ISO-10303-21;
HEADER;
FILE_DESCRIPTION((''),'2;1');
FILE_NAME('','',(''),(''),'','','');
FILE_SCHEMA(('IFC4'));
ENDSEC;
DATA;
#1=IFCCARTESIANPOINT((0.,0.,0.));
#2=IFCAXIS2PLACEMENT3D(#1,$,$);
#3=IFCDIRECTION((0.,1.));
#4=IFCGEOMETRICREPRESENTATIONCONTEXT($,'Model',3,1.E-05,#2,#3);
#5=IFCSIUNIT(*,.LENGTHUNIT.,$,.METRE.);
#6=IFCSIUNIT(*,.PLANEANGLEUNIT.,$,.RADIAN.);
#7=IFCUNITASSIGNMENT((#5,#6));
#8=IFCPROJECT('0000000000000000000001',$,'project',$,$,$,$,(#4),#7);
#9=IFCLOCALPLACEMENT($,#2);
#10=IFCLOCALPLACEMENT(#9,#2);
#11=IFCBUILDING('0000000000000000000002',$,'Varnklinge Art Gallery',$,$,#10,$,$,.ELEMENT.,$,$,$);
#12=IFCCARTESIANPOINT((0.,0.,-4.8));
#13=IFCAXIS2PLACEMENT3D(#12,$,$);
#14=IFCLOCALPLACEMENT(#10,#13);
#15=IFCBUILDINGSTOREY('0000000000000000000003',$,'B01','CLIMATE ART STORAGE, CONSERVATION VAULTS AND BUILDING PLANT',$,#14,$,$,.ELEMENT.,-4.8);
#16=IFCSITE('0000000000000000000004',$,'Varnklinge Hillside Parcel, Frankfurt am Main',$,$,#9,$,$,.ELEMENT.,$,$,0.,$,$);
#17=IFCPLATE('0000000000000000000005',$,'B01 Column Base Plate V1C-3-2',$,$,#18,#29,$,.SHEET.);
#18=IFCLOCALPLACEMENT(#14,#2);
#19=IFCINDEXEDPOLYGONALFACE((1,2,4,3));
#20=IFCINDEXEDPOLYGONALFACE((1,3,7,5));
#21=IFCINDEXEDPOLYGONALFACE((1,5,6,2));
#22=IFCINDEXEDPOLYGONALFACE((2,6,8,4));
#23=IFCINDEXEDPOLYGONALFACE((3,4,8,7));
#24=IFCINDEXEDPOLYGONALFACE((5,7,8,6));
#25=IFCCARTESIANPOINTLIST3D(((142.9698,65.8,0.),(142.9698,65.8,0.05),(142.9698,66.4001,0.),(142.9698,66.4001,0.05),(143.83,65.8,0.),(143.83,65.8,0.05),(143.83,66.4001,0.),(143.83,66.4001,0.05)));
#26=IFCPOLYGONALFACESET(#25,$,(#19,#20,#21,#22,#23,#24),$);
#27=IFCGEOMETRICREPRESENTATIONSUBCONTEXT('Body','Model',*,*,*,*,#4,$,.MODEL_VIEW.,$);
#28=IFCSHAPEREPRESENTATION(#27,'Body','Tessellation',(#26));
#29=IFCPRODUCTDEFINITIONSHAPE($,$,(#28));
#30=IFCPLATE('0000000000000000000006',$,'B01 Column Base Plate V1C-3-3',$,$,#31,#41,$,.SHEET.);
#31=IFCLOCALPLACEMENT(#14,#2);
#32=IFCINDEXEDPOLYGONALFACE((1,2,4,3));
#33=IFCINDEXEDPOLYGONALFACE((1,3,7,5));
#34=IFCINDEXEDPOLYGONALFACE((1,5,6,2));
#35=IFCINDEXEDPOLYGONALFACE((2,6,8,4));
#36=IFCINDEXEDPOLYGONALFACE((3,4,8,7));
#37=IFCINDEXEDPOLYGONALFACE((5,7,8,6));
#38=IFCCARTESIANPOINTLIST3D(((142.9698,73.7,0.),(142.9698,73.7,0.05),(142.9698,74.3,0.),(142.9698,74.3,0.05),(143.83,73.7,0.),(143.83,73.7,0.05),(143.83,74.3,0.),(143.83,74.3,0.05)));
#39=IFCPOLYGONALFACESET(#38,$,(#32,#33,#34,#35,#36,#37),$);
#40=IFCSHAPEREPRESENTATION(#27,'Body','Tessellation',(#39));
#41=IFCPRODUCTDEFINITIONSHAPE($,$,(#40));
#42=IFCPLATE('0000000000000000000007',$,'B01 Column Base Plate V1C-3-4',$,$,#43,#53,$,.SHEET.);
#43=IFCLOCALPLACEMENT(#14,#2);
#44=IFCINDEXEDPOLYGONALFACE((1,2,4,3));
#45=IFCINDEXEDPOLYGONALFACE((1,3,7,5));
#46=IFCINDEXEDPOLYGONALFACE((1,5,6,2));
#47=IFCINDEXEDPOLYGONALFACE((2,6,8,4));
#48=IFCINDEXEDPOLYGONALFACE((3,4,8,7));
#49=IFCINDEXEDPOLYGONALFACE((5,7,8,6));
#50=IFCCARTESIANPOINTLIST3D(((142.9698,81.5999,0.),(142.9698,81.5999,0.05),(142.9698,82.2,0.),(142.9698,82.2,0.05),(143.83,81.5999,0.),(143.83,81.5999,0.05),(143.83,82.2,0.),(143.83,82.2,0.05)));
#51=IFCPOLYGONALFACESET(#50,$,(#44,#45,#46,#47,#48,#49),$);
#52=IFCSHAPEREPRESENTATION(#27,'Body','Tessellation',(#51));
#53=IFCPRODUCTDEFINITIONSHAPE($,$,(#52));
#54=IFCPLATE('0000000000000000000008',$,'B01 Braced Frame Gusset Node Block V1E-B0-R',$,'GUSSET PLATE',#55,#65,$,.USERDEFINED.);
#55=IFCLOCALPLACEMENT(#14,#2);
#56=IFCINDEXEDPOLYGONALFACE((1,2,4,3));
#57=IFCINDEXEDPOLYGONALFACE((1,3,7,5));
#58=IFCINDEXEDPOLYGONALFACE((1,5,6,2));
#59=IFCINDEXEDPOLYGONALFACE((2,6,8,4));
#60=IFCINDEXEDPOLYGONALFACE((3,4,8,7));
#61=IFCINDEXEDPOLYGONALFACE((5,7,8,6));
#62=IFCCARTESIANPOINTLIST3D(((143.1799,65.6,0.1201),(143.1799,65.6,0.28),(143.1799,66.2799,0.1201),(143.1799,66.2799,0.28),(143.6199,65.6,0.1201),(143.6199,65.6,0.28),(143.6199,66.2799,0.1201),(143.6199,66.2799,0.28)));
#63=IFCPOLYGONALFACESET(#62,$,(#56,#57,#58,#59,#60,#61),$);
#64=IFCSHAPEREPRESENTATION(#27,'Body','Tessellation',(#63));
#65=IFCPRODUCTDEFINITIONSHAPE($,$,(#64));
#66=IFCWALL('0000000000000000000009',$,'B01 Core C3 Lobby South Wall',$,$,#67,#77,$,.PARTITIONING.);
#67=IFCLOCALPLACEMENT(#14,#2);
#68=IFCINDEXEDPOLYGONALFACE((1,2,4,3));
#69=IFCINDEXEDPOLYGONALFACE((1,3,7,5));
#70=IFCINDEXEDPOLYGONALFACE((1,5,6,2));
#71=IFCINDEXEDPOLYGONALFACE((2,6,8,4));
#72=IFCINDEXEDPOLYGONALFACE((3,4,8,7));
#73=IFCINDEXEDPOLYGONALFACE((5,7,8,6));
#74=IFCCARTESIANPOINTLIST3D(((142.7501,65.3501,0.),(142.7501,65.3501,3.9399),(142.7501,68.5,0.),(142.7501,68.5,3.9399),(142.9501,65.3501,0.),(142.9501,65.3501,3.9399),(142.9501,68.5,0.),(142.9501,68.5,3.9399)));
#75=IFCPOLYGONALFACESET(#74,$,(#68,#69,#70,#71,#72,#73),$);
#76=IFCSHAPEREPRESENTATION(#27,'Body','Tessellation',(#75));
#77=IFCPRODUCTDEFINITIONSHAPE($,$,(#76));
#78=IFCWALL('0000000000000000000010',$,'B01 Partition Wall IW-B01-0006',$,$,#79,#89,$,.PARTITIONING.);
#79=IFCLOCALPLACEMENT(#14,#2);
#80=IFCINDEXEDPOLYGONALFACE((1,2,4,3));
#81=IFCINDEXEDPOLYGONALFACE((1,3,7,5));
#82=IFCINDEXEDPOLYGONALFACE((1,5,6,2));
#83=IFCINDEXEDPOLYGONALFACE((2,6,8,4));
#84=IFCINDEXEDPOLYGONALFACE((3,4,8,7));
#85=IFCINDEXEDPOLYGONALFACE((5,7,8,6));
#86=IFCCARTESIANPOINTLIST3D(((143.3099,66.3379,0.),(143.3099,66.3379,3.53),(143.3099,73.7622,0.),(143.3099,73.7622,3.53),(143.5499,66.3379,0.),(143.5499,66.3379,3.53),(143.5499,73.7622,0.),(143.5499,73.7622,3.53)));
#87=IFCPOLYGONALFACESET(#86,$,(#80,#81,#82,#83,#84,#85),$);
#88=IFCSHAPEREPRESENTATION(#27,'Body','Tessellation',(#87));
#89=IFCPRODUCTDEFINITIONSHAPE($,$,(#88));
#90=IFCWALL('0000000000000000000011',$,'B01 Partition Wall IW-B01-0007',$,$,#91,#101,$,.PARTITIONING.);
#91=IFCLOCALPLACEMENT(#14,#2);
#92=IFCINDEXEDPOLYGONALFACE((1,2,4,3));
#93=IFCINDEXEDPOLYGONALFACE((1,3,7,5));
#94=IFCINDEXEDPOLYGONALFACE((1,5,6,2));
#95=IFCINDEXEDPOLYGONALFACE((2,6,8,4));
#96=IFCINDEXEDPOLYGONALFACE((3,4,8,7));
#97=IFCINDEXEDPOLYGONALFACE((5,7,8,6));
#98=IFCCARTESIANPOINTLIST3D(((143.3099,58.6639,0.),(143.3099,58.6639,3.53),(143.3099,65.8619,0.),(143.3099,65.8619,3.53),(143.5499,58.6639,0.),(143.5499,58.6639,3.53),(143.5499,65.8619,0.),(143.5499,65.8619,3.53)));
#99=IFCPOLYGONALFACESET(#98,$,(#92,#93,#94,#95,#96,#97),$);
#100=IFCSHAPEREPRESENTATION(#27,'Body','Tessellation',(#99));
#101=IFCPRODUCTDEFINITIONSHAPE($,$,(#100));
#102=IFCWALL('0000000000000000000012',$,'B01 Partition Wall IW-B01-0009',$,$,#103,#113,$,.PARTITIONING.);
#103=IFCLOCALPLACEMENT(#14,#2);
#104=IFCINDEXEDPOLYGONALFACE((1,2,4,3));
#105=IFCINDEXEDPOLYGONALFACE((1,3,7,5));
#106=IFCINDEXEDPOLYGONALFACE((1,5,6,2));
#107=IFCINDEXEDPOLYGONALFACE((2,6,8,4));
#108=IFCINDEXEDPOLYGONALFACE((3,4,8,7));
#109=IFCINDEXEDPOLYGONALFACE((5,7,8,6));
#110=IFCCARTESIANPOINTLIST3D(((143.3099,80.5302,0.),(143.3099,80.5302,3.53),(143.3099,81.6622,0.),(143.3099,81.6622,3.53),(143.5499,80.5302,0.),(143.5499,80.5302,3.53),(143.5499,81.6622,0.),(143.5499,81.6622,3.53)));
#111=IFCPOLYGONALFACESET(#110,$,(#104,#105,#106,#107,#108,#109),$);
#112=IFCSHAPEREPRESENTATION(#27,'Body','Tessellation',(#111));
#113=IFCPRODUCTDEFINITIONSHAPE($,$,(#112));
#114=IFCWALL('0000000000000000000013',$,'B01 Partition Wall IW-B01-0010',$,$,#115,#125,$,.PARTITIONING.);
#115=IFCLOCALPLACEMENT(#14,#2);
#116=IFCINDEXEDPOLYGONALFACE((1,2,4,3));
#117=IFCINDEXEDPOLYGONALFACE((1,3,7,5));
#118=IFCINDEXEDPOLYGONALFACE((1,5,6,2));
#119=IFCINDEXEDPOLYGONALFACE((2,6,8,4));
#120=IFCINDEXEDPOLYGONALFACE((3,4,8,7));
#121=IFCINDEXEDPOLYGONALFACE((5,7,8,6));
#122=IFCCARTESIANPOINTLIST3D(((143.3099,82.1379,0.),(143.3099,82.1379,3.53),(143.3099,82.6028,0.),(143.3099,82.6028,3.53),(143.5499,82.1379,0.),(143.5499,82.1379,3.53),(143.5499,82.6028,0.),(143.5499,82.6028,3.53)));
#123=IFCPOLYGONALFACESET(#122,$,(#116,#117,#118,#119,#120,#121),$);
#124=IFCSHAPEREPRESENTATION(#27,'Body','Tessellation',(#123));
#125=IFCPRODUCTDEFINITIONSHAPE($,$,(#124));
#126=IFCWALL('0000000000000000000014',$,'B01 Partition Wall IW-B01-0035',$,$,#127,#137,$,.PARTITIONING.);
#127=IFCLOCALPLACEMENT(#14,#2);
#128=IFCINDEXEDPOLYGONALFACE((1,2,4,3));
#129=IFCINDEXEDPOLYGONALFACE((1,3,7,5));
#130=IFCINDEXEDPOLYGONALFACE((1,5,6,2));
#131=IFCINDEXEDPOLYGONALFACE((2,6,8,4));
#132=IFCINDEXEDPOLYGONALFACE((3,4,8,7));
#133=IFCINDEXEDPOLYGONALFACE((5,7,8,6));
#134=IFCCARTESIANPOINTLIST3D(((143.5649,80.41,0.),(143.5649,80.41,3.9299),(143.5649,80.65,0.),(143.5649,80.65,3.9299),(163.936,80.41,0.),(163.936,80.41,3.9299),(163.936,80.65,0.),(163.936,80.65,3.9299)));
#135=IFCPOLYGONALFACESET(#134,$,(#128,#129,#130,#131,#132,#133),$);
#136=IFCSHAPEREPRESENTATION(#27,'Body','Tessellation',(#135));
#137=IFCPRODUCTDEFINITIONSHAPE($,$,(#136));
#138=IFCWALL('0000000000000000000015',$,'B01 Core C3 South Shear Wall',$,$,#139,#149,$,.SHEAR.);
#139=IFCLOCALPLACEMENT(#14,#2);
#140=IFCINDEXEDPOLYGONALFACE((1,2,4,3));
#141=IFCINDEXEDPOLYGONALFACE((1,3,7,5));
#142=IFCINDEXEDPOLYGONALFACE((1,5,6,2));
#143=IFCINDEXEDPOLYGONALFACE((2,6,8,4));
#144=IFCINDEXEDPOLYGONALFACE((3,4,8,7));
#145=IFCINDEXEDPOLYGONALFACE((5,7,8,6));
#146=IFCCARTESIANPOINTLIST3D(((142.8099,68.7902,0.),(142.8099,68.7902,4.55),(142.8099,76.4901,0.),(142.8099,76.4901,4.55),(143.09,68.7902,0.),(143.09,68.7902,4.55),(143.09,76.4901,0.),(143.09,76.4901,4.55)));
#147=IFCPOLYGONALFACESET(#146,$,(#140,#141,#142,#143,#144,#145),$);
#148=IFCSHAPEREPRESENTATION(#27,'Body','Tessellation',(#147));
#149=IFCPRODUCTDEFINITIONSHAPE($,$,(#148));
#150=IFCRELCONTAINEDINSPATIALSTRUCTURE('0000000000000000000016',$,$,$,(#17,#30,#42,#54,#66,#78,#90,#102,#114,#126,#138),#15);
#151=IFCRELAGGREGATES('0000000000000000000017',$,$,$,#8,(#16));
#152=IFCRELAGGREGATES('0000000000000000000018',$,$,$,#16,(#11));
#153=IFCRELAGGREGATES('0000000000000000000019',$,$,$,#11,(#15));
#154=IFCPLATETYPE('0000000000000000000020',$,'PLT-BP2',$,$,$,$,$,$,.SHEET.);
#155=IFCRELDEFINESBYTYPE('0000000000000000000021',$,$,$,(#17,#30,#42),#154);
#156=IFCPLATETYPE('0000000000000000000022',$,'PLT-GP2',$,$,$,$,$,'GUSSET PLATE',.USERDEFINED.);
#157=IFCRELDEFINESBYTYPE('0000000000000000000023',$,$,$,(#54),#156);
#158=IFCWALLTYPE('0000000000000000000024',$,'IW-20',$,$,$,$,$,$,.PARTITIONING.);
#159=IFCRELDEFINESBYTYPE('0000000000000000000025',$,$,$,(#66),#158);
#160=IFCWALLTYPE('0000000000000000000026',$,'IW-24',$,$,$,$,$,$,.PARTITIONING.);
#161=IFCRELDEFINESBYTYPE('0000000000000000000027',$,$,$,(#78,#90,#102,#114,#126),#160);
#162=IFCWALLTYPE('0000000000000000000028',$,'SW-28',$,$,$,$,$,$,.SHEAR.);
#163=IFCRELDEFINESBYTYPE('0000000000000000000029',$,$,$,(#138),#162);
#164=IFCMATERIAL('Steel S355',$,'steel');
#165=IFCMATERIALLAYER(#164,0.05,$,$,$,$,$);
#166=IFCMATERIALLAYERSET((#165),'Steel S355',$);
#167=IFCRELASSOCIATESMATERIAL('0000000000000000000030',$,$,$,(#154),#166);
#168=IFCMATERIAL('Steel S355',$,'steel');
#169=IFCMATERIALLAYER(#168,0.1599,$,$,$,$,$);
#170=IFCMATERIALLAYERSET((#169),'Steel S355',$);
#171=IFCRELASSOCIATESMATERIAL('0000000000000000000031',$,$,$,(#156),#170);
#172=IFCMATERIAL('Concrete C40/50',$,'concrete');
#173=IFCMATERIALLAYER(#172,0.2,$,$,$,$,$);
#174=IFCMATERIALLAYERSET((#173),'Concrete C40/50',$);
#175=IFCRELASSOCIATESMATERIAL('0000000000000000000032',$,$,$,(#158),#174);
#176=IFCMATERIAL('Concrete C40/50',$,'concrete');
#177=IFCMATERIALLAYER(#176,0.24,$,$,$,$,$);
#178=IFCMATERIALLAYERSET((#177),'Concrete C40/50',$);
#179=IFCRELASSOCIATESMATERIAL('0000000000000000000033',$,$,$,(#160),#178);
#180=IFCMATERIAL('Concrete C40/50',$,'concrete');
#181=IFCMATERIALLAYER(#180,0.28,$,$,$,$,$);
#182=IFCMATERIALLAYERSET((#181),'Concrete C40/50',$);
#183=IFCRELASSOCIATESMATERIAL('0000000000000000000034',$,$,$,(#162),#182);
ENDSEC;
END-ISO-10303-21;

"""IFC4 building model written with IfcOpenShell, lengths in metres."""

from ifc_helpers import new_model, si_unit, direction, frame, frame_2d, origin, origin_2d, place, context, subcontext, project, spatial, rectangle, extrude, material, layer, layer_set, type_object, element, save


model = new_model("IFC4")

# Units and contexts
model_context = context("Model", 3, precision=1e-05, world=origin(), true_north=direction((0.0, 1.0)))
body_context = subcontext(model_context, "Body", "Model", "MODEL_VIEW")
ifc_project = project(units=[si_unit("LENGTHUNIT", "METRE"), si_unit("PLANEANGLEUNIT", "RADIAN")], contexts=[model_context])

# Site, building, storey
site_placement = place(None, origin())
site = spatial("IfcSite", under=ifc_project, at=site_placement, Name="Varnklinge Hillside Parcel, Frankfurt am Main", CompositionType="ELEMENT", RefElevation=0.0)
building_placement = place(site_placement, origin())
building = spatial("IfcBuilding", under=site, at=building_placement, Name="Varnklinge Art Gallery", CompositionType="ELEMENT")
storey_placement = place(building_placement, frame((0.0, 0.0, -4.8)))
storey = spatial("IfcBuildingStorey", under=building, at=storey_placement, Name="B01", Description="CLIMATE ART STORAGE, CONSERVATION VAULTS AND BUILDING PLANT", CompositionType="ELEMENT", Elevation=-4.8)

# Plates
ifc_material_1 = material(Name="Steel S355", Category="steel")
ifc_layer_1 = layer(ifc_material_1, 0.05)
ifc_layer_set_1 = layer_set([ifc_layer_1], Name="Steel S355")
plate_type_1 = type_object("IfcPlateType", Name="PLT-BP2", PredefinedType="SHEET", material=ifc_layer_set_1)
for number, where, z_axis, x_axis, name in (
    (1, (143.3999, 66.1001, 0.0), (0.0, 0.0, 1.0), (1.0, 0.0, 0.0), "B01 Column Base Plate V1C-3-2"),
    (2, (143.3999, 74.0, 0.0), (0.0, 0.0, 1.0), (1.0, 0.0, 0.0), "B01 Column Base Plate V1C-3-3"),
    (3, (143.3999, 81.8999, 0.0), (0.0, 0.0, 1.0), (1.0, 0.0, 0.0), "B01 Column Base Plate V1C-3-4"),
):
    element("IfcPlate", number, at=place(storey_placement, frame(where, z_axis=z_axis, x_axis=x_axis)), inside=storey, type_object=plate_type_1, Name=name, PredefinedType="SHEET", context=body_context, shape_type="SweptSolid", body=[
        extrude(rectangle(XDim=0.8601, YDim=0.6001, at=origin_2d()), origin(), (0.0, 0.0, 1.0), 0.05),
    ])
ifc_material_2 = material(Name="Steel S355", Category="steel")
ifc_layer_2 = layer(ifc_material_2, 0.1599)
ifc_layer_set_2 = layer_set([ifc_layer_2], Name="Steel S355")
plate_type_2 = type_object("IfcPlateType", Name="PLT-GP2", ElementType="GUSSET PLATE", PredefinedType="USERDEFINED", material=ifc_layer_set_2)
plate_placement = place(storey_placement, frame((143.3999, 65.9399, 0.1201), z_axis=(0.0, 0.0, 1.0), x_axis=(0.0, 1.0, 0.0)))
element("IfcPlate", 4, at=plate_placement, inside=storey, type_object=plate_type_2, Name="B01 Braced Frame Gusset Node Block V1E-B0-R", ObjectType="GUSSET PLATE", PredefinedType="USERDEFINED", context=body_context, shape_type="SweptSolid", body=[
    extrude(rectangle(XDim=0.6799, YDim=0.4399, at=origin_2d()), origin(), (0.0, 0.0, 1.0), 0.1599),
])

# Wall
ifc_material_3 = material(Name="Concrete C40/50", Category="concrete")
ifc_layer_3 = layer(ifc_material_3, 0.2)
ifc_layer_set_3 = layer_set([ifc_layer_3], Name="Concrete C40/50")
wall_type_1 = type_object("IfcWallType", Name="IW-20", PredefinedType="PARTITIONING", material=ifc_layer_set_3)
wall_1_placement = place(storey_placement, frame((142.8501, 65.3501, 0.0), z_axis=(0.0, 0.0, 1.0), x_axis=(0.0, 1.0, 0.0)))
element("IfcWall", 5, at=wall_1_placement, inside=storey, type_object=wall_type_1, Name="B01 Core C3 Lobby South Wall", PredefinedType="PARTITIONING", context=body_context, shape_type="SweptSolid", body=[
    extrude(rectangle(XDim=3.1499, YDim=0.2, at=frame_2d((1.575, 0.0))), origin(), (0.0, 0.0, 1.0), 3.9399),
])

# Walls
ifc_material_4 = material(Name="Concrete C40/50", Category="concrete")
ifc_layer_4 = layer(ifc_material_4, 0.24)
ifc_layer_set_4 = layer_set([ifc_layer_4], Name="Concrete C40/50")
wall_type_2 = type_object("IfcWallType", Name="IW-24", PredefinedType="PARTITIONING", material=ifc_layer_set_4)
wall_2_placement = place(storey_placement, frame((143.4299, 73.7622, 0.0), z_axis=(0.0, 0.0, 1.0), x_axis=(0.0, -1.0, 0.0)))
element("IfcWall", 6, at=wall_2_placement, inside=storey, type_object=wall_type_2, Name="B01 Partition Wall IW-B01-0006", PredefinedType="PARTITIONING", context=body_context, shape_type="SweptSolid", body=[
    extrude(rectangle(XDim=7.4243, YDim=0.24, at=frame_2d((3.7122, 0.0))), origin(), (0.0, 0.0, 1.0), 3.53),
])
wall_3_placement = place(storey_placement, frame((143.4299, 65.8621, 0.0), z_axis=(0.0, 0.0, 1.0), x_axis=(0.0, -1.0, 0.0)))
element("IfcWall", 7, at=wall_3_placement, inside=storey, type_object=wall_type_2, Name="B01 Partition Wall IW-B01-0007", PredefinedType="PARTITIONING", context=body_context, shape_type="SweptSolid", body=[
    extrude(rectangle(XDim=7.198, YDim=0.24, at=frame_2d((3.5991, 0.0))), origin(), (0.0, 0.0, 1.0), 3.53),
])

# Walls
wall_4_placement = place(storey_placement, frame((143.4299, 81.6621, 0.0), z_axis=(0.0, 0.0, 1.0), x_axis=(0.0, -1.0, 0.0)))
element("IfcWall", 8, at=wall_4_placement, inside=storey, type_object=wall_type_2, Name="B01 Partition Wall IW-B01-0009", PredefinedType="PARTITIONING", context=body_context, shape_type="SweptSolid", body=[
    extrude(rectangle(XDim=1.1321, YDim=0.24, at=frame_2d((0.5659, 0.0))), origin(), (0.0, 0.0, 1.0), 3.53),
])
wall_5_placement = place(storey_placement, frame((143.4299, 82.6028, 0.0), z_axis=(0.0, 0.0, 1.0), x_axis=(0.0, -1.0, 0.0)))
element("IfcWall", 9, at=wall_5_placement, inside=storey, type_object=wall_type_2, Name="B01 Partition Wall IW-B01-0010", PredefinedType="PARTITIONING", context=body_context, shape_type="SweptSolid", body=[
    extrude(rectangle(XDim=0.4648, YDim=0.24, at=frame_2d((0.2324, 0.0))), origin(), (0.0, 0.0, 1.0), 3.53),
])
wall_6_placement = place(storey_placement, frame((143.5649, 80.53, 0.0), z_axis=(0.0, 0.0, 1.0), x_axis=(1.0, 0.0, 0.0)))
element("IfcWall", 10, at=wall_6_placement, inside=storey, type_object=wall_type_2, Name="B01 Partition Wall IW-B01-0035", PredefinedType="PARTITIONING", context=body_context, shape_type="SweptSolid", body=[
    extrude(rectangle(XDim=20.3711, YDim=0.24, at=frame_2d((10.1855, 0.0))), origin(), (0.0, 0.0, 1.0), 3.9299),
])
ifc_material_5 = material(Name="Concrete C40/50", Category="concrete")
ifc_layer_5 = layer(ifc_material_5, 0.28)
ifc_layer_set_5 = layer_set([ifc_layer_5], Name="Concrete C40/50")
wall_type_3 = type_object("IfcWallType", Name="SW-28", PredefinedType="SHEAR", material=ifc_layer_set_5)
wall_7_placement = place(storey_placement, frame((142.95, 68.79, 0.0), z_axis=(0.0, 0.0, 1.0), x_axis=(0.0, 1.0, 0.0)))
element("IfcWall", 11, at=wall_7_placement, inside=storey, type_object=wall_type_3, Name="B01 Core C3 South Shear Wall", PredefinedType="SHEAR", context=body_context, shape_type="SweptSolid", body=[
    extrude(rectangle(XDim=7.7, YDim=0.28, at=frame_2d((3.8501, 0.0))), origin(), (0.0, 0.0, 1.0), 4.55),
])

save(model, "model.ifc")
